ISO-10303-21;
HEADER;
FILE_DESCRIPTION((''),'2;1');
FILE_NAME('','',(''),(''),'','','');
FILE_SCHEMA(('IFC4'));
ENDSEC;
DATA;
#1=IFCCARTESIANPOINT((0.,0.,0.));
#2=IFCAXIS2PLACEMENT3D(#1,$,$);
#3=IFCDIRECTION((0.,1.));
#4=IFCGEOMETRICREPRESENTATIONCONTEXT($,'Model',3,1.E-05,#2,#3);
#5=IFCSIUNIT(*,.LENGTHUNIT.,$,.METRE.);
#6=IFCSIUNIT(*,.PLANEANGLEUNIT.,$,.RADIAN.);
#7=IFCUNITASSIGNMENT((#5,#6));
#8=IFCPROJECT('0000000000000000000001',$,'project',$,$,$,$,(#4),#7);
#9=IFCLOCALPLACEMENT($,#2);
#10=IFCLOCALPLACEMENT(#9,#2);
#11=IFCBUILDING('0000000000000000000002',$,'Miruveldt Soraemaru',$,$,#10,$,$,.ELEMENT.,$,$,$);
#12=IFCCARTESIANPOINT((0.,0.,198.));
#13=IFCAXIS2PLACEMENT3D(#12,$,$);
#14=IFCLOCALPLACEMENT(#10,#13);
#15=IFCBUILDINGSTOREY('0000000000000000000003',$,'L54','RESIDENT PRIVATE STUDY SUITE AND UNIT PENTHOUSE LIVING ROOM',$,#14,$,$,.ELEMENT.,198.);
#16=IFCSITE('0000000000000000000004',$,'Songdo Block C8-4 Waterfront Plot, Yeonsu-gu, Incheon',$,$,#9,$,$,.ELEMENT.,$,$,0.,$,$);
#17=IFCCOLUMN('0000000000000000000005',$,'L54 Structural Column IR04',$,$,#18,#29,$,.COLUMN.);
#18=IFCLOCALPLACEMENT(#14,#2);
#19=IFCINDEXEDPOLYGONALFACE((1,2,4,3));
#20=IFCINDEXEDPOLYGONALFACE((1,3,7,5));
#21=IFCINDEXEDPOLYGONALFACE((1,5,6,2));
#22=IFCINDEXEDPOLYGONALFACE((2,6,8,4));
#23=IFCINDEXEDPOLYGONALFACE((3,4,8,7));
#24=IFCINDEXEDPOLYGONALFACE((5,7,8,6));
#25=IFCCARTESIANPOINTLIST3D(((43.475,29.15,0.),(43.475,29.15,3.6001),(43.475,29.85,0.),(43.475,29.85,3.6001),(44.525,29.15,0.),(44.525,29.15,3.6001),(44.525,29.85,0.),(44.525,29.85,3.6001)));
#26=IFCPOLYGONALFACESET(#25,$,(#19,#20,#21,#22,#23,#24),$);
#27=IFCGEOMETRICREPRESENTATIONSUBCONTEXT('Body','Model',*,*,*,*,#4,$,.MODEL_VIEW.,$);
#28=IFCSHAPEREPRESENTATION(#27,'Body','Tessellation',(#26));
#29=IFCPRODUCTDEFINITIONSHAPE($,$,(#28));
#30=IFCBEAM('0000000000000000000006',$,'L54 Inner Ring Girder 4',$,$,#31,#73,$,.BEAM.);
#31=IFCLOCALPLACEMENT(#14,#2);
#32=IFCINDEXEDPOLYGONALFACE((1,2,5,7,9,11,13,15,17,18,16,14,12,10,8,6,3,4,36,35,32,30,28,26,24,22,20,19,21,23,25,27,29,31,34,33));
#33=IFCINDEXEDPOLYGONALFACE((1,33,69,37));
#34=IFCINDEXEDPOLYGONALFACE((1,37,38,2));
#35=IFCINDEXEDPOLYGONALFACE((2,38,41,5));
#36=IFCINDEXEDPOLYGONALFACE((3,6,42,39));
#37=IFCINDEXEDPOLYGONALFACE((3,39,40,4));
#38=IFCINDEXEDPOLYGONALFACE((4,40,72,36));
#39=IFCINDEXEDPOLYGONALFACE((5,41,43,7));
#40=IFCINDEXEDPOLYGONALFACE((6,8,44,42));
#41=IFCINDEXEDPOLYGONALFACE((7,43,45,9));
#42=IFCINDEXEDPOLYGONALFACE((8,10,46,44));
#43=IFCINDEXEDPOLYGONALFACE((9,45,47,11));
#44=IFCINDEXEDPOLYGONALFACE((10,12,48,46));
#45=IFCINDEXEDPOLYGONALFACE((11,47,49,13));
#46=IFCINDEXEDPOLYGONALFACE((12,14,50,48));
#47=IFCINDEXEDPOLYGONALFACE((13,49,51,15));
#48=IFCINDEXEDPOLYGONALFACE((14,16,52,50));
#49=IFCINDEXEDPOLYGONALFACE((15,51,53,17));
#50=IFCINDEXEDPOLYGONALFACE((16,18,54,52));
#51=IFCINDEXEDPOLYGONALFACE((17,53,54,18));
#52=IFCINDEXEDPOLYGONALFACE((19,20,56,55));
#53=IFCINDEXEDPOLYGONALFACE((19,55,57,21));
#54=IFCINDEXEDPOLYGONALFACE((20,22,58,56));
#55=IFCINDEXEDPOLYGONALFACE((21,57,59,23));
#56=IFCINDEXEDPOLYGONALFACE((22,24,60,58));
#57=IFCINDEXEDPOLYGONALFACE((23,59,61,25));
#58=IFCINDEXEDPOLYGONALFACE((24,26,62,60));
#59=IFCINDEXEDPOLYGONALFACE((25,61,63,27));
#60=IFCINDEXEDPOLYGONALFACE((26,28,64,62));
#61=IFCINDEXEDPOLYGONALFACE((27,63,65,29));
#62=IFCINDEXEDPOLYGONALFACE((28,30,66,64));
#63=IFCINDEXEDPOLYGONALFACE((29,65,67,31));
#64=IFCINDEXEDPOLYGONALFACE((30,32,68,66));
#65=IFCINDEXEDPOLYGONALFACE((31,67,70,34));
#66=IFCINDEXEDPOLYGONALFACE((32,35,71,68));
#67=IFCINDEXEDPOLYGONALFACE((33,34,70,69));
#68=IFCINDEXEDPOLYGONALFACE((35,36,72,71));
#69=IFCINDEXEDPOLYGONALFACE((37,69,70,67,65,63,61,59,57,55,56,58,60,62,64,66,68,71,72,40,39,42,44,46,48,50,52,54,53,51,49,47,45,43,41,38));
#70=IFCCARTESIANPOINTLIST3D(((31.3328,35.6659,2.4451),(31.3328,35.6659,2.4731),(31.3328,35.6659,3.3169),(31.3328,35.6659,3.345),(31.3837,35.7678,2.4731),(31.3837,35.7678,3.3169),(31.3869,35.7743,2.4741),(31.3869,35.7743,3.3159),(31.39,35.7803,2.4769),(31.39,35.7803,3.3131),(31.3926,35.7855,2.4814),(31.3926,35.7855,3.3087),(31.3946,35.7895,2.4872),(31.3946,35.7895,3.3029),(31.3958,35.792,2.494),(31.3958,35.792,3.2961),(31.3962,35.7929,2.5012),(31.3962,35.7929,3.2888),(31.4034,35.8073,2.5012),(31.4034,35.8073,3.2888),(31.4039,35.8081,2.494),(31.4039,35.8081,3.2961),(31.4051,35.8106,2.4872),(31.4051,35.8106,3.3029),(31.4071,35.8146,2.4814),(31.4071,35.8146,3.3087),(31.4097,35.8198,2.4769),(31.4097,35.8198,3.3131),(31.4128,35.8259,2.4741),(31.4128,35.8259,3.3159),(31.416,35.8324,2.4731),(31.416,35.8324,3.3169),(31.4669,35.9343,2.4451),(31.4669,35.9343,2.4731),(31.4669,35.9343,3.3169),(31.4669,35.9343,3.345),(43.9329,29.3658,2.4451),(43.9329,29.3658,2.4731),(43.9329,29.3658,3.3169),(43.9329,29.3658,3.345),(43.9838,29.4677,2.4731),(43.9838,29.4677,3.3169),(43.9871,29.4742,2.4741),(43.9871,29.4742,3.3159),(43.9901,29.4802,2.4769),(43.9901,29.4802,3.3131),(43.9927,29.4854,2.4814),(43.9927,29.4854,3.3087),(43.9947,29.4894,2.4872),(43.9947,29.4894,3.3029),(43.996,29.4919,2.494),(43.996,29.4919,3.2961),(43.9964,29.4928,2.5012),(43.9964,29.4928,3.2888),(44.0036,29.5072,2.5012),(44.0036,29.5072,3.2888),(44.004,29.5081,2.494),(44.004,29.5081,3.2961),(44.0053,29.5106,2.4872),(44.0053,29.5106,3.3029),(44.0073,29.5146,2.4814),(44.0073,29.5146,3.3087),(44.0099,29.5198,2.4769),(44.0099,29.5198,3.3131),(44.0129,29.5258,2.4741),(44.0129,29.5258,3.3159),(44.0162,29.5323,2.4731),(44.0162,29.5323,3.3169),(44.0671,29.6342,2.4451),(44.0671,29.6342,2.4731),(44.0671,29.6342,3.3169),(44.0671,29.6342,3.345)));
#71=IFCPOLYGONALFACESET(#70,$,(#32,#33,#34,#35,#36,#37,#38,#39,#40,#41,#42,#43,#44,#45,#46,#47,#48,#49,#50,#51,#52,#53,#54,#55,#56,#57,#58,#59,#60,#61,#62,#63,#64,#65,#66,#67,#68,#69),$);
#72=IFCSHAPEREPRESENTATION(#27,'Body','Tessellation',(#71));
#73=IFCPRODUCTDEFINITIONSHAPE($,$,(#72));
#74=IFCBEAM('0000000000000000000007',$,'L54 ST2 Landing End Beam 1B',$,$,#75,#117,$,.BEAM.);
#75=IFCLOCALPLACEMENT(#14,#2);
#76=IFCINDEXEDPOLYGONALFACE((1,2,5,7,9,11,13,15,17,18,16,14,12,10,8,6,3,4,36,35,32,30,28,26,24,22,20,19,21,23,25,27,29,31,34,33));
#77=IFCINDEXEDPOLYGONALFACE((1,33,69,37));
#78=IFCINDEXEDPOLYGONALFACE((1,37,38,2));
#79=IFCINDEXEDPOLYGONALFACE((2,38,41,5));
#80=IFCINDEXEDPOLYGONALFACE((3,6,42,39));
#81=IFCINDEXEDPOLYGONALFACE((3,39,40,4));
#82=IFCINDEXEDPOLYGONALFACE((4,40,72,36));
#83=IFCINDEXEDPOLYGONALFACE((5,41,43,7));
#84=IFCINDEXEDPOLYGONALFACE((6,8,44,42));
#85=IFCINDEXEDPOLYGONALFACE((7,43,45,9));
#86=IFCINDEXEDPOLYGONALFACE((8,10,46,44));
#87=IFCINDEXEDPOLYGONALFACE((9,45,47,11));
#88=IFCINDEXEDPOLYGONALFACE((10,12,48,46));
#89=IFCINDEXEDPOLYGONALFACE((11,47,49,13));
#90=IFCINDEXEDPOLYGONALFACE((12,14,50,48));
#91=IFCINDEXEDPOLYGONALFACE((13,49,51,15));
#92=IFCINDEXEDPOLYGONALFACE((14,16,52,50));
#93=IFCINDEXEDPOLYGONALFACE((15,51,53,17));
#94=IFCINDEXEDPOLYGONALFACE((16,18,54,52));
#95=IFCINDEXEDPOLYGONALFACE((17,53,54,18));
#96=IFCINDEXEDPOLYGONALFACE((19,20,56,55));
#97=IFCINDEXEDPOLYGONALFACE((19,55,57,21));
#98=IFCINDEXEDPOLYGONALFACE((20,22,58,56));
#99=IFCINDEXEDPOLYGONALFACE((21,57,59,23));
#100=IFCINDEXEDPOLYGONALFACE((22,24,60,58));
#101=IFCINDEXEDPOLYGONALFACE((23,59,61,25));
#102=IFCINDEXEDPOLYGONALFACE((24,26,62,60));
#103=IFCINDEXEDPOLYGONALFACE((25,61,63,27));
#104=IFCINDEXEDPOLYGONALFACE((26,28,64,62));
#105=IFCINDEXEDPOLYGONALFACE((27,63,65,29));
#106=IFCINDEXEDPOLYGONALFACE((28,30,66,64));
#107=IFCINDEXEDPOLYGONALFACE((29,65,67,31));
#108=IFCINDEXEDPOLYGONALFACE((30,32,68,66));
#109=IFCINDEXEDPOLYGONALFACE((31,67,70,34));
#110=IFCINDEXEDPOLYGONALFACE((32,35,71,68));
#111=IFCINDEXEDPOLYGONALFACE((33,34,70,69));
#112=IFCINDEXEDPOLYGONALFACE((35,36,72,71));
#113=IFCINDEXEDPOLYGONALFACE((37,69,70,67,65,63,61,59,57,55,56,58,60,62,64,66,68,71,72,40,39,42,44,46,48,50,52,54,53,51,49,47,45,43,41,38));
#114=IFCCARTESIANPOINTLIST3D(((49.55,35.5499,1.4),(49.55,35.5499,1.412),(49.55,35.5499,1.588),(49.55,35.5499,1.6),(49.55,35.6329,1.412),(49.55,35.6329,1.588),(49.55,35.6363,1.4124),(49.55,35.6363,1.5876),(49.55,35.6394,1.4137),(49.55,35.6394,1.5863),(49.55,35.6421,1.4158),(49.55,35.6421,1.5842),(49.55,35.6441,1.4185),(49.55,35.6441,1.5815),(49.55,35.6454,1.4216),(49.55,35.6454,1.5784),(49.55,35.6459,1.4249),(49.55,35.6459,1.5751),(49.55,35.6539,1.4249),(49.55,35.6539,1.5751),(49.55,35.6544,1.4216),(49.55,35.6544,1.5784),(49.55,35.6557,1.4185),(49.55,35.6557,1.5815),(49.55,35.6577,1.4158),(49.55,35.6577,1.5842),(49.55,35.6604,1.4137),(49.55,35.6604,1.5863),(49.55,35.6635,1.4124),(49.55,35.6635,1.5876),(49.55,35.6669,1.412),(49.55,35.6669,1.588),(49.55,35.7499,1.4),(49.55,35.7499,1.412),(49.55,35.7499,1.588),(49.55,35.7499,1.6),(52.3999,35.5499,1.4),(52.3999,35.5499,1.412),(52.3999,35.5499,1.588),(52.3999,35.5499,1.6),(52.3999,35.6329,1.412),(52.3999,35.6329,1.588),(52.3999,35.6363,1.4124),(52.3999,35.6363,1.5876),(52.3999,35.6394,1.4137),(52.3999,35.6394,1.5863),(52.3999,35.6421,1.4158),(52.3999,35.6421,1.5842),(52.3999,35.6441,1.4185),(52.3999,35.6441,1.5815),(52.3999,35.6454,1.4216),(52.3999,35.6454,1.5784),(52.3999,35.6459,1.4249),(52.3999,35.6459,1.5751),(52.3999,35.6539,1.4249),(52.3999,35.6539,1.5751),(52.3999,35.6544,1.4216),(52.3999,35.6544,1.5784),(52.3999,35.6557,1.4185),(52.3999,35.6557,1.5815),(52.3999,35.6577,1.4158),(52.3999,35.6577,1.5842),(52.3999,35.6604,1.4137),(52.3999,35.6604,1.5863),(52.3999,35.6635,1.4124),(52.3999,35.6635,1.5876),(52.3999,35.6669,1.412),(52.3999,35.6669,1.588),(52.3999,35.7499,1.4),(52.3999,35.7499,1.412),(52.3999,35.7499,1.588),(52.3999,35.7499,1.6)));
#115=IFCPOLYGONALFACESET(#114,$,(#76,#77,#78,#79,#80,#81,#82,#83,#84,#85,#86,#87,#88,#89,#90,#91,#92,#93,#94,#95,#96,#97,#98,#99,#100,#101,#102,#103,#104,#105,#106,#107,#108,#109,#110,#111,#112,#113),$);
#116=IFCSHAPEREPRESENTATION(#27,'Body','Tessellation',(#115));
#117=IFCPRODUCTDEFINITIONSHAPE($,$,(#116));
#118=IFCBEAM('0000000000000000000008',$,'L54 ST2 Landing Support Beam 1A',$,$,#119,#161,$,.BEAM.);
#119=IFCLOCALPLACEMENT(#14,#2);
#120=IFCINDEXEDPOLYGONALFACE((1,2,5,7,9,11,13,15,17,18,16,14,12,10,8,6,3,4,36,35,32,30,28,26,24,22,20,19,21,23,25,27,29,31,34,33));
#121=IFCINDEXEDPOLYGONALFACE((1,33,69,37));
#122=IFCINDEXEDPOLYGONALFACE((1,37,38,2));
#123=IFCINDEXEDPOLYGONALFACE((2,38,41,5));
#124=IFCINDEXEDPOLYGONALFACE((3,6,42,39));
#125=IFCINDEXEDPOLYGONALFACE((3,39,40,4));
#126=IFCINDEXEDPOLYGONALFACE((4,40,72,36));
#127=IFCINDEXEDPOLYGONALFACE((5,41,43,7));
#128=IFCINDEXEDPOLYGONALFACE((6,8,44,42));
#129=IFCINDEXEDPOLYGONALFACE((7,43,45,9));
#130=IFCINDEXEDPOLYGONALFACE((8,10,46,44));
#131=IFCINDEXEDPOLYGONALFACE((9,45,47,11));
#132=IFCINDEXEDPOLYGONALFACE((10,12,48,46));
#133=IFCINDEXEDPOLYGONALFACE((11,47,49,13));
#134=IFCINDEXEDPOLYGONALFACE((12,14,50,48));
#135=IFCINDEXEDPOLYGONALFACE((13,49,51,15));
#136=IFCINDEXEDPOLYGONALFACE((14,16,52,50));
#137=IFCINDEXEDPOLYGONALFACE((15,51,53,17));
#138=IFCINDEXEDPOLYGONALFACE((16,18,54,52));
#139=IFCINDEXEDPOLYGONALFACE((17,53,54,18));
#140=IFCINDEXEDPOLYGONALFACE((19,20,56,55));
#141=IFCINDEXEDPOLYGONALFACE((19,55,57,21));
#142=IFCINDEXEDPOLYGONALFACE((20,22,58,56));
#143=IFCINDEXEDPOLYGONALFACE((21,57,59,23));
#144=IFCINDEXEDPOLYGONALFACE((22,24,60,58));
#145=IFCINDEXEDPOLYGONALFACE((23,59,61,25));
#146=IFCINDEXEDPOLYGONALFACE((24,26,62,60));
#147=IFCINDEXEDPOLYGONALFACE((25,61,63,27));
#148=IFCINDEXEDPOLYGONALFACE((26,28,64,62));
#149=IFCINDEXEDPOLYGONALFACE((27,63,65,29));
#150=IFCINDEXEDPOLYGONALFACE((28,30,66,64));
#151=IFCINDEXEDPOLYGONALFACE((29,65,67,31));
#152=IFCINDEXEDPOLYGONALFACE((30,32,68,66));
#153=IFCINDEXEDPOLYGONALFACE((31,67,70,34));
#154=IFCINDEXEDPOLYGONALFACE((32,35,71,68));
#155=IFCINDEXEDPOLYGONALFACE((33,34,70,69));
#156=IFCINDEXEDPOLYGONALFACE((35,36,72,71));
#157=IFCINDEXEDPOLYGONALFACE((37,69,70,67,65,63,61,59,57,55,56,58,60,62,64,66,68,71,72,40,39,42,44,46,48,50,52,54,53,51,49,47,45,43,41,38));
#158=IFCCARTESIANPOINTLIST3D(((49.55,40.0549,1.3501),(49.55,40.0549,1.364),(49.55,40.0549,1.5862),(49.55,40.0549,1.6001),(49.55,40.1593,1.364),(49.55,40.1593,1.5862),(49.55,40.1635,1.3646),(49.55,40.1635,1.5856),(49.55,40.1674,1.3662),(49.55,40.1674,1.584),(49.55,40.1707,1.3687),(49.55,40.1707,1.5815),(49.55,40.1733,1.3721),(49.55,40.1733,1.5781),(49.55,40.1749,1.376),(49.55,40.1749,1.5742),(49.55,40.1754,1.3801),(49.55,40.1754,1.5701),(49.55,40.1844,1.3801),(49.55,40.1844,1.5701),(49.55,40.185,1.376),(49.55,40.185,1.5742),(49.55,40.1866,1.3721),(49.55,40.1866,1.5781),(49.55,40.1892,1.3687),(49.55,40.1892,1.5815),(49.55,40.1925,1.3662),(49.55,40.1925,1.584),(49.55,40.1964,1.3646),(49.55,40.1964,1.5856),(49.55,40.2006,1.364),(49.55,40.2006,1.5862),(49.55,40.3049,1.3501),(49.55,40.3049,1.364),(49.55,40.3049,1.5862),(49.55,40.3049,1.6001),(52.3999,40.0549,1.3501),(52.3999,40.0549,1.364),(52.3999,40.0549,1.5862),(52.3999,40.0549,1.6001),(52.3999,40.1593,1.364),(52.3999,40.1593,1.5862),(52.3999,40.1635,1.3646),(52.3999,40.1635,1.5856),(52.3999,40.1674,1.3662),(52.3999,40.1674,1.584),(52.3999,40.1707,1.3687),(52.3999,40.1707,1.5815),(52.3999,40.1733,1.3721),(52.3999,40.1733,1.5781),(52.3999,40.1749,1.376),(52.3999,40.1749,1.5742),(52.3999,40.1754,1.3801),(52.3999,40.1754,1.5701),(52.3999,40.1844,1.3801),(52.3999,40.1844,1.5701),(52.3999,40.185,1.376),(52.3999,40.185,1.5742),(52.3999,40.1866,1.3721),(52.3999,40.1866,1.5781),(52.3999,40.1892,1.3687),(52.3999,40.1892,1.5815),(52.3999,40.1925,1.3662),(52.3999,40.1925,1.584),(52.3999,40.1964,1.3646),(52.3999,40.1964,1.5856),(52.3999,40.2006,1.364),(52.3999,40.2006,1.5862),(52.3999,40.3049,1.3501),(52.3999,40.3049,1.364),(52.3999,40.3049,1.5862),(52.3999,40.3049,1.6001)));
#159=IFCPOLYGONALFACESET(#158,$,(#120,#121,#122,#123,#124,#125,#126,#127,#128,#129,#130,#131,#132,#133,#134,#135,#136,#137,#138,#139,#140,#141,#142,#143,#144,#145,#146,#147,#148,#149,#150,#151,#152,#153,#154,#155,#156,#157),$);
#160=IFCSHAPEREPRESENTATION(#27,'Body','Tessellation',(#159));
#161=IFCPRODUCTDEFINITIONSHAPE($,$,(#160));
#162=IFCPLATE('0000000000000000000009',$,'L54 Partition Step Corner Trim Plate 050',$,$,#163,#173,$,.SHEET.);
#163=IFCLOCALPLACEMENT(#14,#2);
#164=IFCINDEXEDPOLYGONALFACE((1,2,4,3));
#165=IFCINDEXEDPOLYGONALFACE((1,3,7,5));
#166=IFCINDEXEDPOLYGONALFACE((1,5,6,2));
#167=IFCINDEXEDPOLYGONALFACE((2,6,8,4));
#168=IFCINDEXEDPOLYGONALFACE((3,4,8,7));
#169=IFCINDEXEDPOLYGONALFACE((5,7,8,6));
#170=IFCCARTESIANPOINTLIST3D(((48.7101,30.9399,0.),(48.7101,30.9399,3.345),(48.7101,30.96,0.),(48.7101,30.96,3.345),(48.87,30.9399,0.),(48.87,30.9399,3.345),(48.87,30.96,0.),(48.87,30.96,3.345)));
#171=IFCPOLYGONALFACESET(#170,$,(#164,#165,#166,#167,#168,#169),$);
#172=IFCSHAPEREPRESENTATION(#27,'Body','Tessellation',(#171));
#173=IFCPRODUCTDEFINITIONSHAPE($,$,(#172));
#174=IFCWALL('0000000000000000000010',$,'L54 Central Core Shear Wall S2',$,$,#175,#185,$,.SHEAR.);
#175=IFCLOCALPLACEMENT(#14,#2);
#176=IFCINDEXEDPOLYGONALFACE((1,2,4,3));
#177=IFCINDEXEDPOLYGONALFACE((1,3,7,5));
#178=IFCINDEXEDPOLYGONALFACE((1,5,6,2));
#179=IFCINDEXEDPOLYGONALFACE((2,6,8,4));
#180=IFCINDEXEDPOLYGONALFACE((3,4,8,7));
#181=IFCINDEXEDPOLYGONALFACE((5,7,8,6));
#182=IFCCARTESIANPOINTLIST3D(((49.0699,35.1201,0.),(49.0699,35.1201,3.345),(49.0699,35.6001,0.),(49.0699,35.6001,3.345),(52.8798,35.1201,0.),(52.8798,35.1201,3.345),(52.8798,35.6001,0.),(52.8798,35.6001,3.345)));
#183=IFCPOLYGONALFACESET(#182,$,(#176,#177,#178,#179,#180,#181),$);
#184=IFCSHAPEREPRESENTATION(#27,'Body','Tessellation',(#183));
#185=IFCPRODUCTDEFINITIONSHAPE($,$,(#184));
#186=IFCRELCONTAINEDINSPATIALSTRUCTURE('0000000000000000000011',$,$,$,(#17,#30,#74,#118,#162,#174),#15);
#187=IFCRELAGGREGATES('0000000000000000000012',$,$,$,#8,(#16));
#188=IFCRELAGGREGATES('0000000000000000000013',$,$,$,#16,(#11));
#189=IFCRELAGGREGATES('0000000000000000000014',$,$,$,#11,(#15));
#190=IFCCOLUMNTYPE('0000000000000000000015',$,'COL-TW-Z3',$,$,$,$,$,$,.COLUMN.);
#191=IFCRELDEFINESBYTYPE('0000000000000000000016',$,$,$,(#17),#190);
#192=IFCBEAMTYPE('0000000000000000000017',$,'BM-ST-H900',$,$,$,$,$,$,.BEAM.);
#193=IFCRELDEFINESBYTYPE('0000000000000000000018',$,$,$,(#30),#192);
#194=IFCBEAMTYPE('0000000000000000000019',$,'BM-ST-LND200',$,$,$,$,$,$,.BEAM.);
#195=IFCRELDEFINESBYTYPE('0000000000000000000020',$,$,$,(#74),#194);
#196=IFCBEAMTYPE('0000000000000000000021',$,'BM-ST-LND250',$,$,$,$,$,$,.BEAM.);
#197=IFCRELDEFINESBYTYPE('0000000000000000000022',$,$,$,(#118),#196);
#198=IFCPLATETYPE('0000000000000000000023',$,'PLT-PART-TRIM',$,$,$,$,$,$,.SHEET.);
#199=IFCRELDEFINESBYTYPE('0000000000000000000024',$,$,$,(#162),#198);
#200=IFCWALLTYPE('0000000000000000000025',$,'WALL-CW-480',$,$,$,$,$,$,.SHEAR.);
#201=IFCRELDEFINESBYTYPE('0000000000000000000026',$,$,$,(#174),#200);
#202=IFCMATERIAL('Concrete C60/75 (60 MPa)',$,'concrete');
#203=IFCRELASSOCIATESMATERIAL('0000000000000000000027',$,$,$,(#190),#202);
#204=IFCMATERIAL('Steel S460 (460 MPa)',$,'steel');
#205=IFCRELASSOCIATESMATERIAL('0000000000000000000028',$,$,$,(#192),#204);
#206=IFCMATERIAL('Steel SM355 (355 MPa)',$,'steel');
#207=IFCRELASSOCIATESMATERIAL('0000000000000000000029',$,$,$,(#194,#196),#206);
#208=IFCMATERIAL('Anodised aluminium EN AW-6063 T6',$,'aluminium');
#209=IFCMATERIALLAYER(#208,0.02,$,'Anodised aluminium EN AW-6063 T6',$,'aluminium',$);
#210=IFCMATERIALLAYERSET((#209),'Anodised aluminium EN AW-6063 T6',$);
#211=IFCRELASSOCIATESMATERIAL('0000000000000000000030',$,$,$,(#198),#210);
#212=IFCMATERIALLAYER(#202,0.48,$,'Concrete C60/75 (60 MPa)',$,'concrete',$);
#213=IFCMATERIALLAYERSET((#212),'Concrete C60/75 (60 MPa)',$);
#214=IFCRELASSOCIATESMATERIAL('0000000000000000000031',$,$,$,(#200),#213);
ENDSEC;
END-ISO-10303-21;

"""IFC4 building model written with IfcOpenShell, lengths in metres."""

from ifc_helpers import new_model, si_unit, direction, frame, frame_2d, origin, origin_2d, place, context, subcontext, project, spatial, rectangle, i_section, extrude, material, layer, layer_set, material_profile, profile_set, type_object, element, save


model = new_model("IFC4")

# Units and contexts
model_context = context("Model", 3, precision=1e-05, world=origin(), true_north=direction((0.0, 1.0)))
body_context = subcontext(model_context, "Body", "Model", "MODEL_VIEW")
ifc_project = project(units=[si_unit("LENGTHUNIT", "METRE"), si_unit("PLANEANGLEUNIT", "RADIAN")], contexts=[model_context])

# Site, building, storey
site_placement = place(None, origin())
site = spatial("IfcSite", under=ifc_project, at=site_placement, Name="Songdo Block C8-4 Waterfront Plot, Yeonsu-gu, Incheon", CompositionType="ELEMENT", RefElevation=0.0)
building_placement = place(site_placement, origin())
building = spatial("IfcBuilding", under=site, at=building_placement, Name="Miruveldt Soraemaru", CompositionType="ELEMENT")
storey_placement = place(building_placement, frame((0.0, 0.0, 198.0)))
storey = spatial("IfcBuildingStorey", under=building, at=storey_placement, Name="L54", Description="RESIDENT PRIVATE STUDY SUITE AND UNIT PENTHOUSE LIVING ROOM", CompositionType="ELEMENT", Elevation=198.0)

# Column
ifc_material_1 = material(Name="Concrete C60/75 (60 MPa)", Category="concrete")
ifc_material_profile_1 = material_profile(ifc_material_1, rectangle(XDim=1.05, YDim=0.7, at=origin_2d()), Name="Concrete C60/75 (60 MPa)", Category="concrete")
ifc_profile_set_1 = profile_set([ifc_material_profile_1], Name="Concrete C60/75 (60 MPa)")
column_type = type_object("IfcColumnType", Name="COL-TW-Z3", PredefinedType="COLUMN", material=ifc_profile_set_1)
column_placement = place(storey_placement, frame((44.0, 29.5, 0.0), z_axis=(0.0, 0.0, 1.0), x_axis=(1.0, 0.0, 0.0)))
element("IfcColumn", 1, at=column_placement, inside=storey, type_object=column_type, Name="L54 Structural Column IR04", PredefinedType="COLUMN", context=body_context, shape_type="SweptSolid", body=[
    extrude(rectangle(XDim=1.05, YDim=0.7, at=origin_2d()), origin(), (0.0, 0.0, 1.0), 3.6001),
])

# Beams
ifc_material_2 = material(Name="Steel S460 (460 MPa)", Category="steel")
ifc_material_profile_2 = material_profile(ifc_material_2, i_section(OverallWidth=0.3, OverallDepth=0.8999, WebThickness=0.0161, FlangeThickness=0.0281, FilletRadius=0.0281, at=origin_2d()), Name="Steel S460 (460 MPa)", Category="steel")
ifc_profile_set_2 = profile_set([ifc_material_profile_2], Name="Steel S460 (460 MPa)")
beam_type_1 = type_object("IfcBeamType", Name="BM-ST-H900", PredefinedType="BEAM", material=ifc_profile_set_2)
beam_1_placement = place(storey_placement, frame((44.0, 29.5, 2.895), z_axis=(-0.894427, 0.447214, 0.0), x_axis=(-0.447214, -0.894427, 0.0)))
element("IfcBeam", 2, at=beam_1_placement, inside=storey, type_object=beam_type_1, Name="L54 Inner Ring Girder 4", PredefinedType="BEAM", context=body_context, shape_type="SweptSolid", body=[
    extrude(i_section(OverallWidth=0.3, OverallDepth=0.8999, WebThickness=0.0161, FlangeThickness=0.0281, FilletRadius=0.0281, at=origin_2d()), origin(), (0.0, 0.0, 1.0), 14.0874),
])
ifc_material_3 = material(Name="Steel SM355 (355 MPa)", Category="steel")
ifc_material_profile_3 = material_profile(ifc_material_3, i_section(OverallWidth=0.2, OverallDepth=0.2, WebThickness=0.0081, FlangeThickness=0.012, FilletRadius=0.0129, at=origin_2d()), Name="Steel SM355 (355 MPa)", Category="steel")
ifc_profile_set_3 = profile_set([ifc_material_profile_3], Name="Steel SM355 (355 MPa)")
beam_type_2 = type_object("IfcBeamType", Name="BM-ST-LND200", PredefinedType="BEAM", material=ifc_profile_set_3)
beam_2_placement = place(storey_placement, frame((49.55, 35.6499, 1.5), z_axis=(1.0, 0.0, 0.0), x_axis=(0.0, 1.0, 0.0)))
element("IfcBeam", 3, at=beam_2_placement, inside=storey, type_object=beam_type_2, Name="L54 ST2 Landing End Beam 1B", PredefinedType="BEAM", context=body_context, shape_type="SweptSolid", body=[
    extrude(i_section(OverallWidth=0.2, OverallDepth=0.2, WebThickness=0.0081, FlangeThickness=0.012, FilletRadius=0.0129, at=origin_2d()), origin(), (0.0, 0.0, 1.0), 2.8499),
])
ifc_material_profile_4 = material_profile(ifc_material_3, i_section(OverallWidth=0.25, OverallDepth=0.25, WebThickness=0.009, FlangeThickness=0.0139, FilletRadius=0.0161, at=origin_2d()), Name="Steel SM355 (355 MPa)", Category="steel")
ifc_profile_set_4 = profile_set([ifc_material_profile_4], Name="Steel SM355 (355 MPa)")
beam_type_3 = type_object("IfcBeamType", Name="BM-ST-LND250", PredefinedType="BEAM", material=ifc_profile_set_4)
beam_3_placement = place(storey_placement, frame((49.55, 40.1799, 1.4751), z_axis=(1.0, 0.0, 0.0), x_axis=(0.0, 1.0, 0.0)))
element("IfcBeam", 4, at=beam_3_placement, inside=storey, type_object=beam_type_3, Name="L54 ST2 Landing Support Beam 1A", PredefinedType="BEAM", context=body_context, shape_type="SweptSolid", body=[
    extrude(i_section(OverallWidth=0.25, OverallDepth=0.25, WebThickness=0.009, FlangeThickness=0.0139, FilletRadius=0.0161, at=origin_2d()), origin(), (0.0, 0.0, 1.0), 2.8499),
])

# Plate
ifc_material_4 = material(Name="Anodised aluminium EN AW-6063 T6", Category="aluminium")
ifc_layer_1 = layer(ifc_material_4, 0.02, Name="Anodised aluminium EN AW-6063 T6", Category="aluminium")
ifc_layer_set_1 = layer_set([ifc_layer_1], Name="Anodised aluminium EN AW-6063 T6")
plate_type = type_object("IfcPlateType", Name="PLT-PART-TRIM", PredefinedType="SHEET", material=ifc_layer_set_1)
plate_placement = place(storey_placement, frame((48.79, 30.95, 0.0), z_axis=(0.0, 0.0, 1.0), x_axis=(1.0, 0.0, 0.0)))
element("IfcPlate", 5, at=plate_placement, inside=storey, type_object=plate_type, Name="L54 Partition Step Corner Trim Plate 050", PredefinedType="SHEET", context=body_context, shape_type="SweptSolid", body=[
    extrude(rectangle(XDim=0.1599, YDim=0.02, at=origin_2d()), origin(), (0.0, 0.0, 1.0), 3.345),
])

# Wall
ifc_layer_2 = layer(ifc_material_1, 0.48, Name="Concrete C60/75 (60 MPa)", Category="concrete")
ifc_layer_set_2 = layer_set([ifc_layer_2], Name="Concrete C60/75 (60 MPa)")
wall_type_1 = type_object("IfcWallType", Name="WALL-CW-480", PredefinedType="SHEAR", material=ifc_layer_set_2)
wall_1_placement = place(storey_placement, frame((49.0701, 35.3601, 0.0), z_axis=(0.0, 0.0, 1.0), x_axis=(1.0, 0.0, 0.0)))
element("IfcWall", 6, at=wall_1_placement, inside=storey, type_object=wall_type_1, Name="L54 Central Core Shear Wall S2", PredefinedType="SHEAR", context=body_context, shape_type="SweptSolid", body=[
    extrude(rectangle(XDim=3.8098, YDim=0.48, at=frame_2d((1.9048, 0.0))), origin(), (0.0, 0.0, 1.0), 3.345),
])

save(model, "model.ifc")
